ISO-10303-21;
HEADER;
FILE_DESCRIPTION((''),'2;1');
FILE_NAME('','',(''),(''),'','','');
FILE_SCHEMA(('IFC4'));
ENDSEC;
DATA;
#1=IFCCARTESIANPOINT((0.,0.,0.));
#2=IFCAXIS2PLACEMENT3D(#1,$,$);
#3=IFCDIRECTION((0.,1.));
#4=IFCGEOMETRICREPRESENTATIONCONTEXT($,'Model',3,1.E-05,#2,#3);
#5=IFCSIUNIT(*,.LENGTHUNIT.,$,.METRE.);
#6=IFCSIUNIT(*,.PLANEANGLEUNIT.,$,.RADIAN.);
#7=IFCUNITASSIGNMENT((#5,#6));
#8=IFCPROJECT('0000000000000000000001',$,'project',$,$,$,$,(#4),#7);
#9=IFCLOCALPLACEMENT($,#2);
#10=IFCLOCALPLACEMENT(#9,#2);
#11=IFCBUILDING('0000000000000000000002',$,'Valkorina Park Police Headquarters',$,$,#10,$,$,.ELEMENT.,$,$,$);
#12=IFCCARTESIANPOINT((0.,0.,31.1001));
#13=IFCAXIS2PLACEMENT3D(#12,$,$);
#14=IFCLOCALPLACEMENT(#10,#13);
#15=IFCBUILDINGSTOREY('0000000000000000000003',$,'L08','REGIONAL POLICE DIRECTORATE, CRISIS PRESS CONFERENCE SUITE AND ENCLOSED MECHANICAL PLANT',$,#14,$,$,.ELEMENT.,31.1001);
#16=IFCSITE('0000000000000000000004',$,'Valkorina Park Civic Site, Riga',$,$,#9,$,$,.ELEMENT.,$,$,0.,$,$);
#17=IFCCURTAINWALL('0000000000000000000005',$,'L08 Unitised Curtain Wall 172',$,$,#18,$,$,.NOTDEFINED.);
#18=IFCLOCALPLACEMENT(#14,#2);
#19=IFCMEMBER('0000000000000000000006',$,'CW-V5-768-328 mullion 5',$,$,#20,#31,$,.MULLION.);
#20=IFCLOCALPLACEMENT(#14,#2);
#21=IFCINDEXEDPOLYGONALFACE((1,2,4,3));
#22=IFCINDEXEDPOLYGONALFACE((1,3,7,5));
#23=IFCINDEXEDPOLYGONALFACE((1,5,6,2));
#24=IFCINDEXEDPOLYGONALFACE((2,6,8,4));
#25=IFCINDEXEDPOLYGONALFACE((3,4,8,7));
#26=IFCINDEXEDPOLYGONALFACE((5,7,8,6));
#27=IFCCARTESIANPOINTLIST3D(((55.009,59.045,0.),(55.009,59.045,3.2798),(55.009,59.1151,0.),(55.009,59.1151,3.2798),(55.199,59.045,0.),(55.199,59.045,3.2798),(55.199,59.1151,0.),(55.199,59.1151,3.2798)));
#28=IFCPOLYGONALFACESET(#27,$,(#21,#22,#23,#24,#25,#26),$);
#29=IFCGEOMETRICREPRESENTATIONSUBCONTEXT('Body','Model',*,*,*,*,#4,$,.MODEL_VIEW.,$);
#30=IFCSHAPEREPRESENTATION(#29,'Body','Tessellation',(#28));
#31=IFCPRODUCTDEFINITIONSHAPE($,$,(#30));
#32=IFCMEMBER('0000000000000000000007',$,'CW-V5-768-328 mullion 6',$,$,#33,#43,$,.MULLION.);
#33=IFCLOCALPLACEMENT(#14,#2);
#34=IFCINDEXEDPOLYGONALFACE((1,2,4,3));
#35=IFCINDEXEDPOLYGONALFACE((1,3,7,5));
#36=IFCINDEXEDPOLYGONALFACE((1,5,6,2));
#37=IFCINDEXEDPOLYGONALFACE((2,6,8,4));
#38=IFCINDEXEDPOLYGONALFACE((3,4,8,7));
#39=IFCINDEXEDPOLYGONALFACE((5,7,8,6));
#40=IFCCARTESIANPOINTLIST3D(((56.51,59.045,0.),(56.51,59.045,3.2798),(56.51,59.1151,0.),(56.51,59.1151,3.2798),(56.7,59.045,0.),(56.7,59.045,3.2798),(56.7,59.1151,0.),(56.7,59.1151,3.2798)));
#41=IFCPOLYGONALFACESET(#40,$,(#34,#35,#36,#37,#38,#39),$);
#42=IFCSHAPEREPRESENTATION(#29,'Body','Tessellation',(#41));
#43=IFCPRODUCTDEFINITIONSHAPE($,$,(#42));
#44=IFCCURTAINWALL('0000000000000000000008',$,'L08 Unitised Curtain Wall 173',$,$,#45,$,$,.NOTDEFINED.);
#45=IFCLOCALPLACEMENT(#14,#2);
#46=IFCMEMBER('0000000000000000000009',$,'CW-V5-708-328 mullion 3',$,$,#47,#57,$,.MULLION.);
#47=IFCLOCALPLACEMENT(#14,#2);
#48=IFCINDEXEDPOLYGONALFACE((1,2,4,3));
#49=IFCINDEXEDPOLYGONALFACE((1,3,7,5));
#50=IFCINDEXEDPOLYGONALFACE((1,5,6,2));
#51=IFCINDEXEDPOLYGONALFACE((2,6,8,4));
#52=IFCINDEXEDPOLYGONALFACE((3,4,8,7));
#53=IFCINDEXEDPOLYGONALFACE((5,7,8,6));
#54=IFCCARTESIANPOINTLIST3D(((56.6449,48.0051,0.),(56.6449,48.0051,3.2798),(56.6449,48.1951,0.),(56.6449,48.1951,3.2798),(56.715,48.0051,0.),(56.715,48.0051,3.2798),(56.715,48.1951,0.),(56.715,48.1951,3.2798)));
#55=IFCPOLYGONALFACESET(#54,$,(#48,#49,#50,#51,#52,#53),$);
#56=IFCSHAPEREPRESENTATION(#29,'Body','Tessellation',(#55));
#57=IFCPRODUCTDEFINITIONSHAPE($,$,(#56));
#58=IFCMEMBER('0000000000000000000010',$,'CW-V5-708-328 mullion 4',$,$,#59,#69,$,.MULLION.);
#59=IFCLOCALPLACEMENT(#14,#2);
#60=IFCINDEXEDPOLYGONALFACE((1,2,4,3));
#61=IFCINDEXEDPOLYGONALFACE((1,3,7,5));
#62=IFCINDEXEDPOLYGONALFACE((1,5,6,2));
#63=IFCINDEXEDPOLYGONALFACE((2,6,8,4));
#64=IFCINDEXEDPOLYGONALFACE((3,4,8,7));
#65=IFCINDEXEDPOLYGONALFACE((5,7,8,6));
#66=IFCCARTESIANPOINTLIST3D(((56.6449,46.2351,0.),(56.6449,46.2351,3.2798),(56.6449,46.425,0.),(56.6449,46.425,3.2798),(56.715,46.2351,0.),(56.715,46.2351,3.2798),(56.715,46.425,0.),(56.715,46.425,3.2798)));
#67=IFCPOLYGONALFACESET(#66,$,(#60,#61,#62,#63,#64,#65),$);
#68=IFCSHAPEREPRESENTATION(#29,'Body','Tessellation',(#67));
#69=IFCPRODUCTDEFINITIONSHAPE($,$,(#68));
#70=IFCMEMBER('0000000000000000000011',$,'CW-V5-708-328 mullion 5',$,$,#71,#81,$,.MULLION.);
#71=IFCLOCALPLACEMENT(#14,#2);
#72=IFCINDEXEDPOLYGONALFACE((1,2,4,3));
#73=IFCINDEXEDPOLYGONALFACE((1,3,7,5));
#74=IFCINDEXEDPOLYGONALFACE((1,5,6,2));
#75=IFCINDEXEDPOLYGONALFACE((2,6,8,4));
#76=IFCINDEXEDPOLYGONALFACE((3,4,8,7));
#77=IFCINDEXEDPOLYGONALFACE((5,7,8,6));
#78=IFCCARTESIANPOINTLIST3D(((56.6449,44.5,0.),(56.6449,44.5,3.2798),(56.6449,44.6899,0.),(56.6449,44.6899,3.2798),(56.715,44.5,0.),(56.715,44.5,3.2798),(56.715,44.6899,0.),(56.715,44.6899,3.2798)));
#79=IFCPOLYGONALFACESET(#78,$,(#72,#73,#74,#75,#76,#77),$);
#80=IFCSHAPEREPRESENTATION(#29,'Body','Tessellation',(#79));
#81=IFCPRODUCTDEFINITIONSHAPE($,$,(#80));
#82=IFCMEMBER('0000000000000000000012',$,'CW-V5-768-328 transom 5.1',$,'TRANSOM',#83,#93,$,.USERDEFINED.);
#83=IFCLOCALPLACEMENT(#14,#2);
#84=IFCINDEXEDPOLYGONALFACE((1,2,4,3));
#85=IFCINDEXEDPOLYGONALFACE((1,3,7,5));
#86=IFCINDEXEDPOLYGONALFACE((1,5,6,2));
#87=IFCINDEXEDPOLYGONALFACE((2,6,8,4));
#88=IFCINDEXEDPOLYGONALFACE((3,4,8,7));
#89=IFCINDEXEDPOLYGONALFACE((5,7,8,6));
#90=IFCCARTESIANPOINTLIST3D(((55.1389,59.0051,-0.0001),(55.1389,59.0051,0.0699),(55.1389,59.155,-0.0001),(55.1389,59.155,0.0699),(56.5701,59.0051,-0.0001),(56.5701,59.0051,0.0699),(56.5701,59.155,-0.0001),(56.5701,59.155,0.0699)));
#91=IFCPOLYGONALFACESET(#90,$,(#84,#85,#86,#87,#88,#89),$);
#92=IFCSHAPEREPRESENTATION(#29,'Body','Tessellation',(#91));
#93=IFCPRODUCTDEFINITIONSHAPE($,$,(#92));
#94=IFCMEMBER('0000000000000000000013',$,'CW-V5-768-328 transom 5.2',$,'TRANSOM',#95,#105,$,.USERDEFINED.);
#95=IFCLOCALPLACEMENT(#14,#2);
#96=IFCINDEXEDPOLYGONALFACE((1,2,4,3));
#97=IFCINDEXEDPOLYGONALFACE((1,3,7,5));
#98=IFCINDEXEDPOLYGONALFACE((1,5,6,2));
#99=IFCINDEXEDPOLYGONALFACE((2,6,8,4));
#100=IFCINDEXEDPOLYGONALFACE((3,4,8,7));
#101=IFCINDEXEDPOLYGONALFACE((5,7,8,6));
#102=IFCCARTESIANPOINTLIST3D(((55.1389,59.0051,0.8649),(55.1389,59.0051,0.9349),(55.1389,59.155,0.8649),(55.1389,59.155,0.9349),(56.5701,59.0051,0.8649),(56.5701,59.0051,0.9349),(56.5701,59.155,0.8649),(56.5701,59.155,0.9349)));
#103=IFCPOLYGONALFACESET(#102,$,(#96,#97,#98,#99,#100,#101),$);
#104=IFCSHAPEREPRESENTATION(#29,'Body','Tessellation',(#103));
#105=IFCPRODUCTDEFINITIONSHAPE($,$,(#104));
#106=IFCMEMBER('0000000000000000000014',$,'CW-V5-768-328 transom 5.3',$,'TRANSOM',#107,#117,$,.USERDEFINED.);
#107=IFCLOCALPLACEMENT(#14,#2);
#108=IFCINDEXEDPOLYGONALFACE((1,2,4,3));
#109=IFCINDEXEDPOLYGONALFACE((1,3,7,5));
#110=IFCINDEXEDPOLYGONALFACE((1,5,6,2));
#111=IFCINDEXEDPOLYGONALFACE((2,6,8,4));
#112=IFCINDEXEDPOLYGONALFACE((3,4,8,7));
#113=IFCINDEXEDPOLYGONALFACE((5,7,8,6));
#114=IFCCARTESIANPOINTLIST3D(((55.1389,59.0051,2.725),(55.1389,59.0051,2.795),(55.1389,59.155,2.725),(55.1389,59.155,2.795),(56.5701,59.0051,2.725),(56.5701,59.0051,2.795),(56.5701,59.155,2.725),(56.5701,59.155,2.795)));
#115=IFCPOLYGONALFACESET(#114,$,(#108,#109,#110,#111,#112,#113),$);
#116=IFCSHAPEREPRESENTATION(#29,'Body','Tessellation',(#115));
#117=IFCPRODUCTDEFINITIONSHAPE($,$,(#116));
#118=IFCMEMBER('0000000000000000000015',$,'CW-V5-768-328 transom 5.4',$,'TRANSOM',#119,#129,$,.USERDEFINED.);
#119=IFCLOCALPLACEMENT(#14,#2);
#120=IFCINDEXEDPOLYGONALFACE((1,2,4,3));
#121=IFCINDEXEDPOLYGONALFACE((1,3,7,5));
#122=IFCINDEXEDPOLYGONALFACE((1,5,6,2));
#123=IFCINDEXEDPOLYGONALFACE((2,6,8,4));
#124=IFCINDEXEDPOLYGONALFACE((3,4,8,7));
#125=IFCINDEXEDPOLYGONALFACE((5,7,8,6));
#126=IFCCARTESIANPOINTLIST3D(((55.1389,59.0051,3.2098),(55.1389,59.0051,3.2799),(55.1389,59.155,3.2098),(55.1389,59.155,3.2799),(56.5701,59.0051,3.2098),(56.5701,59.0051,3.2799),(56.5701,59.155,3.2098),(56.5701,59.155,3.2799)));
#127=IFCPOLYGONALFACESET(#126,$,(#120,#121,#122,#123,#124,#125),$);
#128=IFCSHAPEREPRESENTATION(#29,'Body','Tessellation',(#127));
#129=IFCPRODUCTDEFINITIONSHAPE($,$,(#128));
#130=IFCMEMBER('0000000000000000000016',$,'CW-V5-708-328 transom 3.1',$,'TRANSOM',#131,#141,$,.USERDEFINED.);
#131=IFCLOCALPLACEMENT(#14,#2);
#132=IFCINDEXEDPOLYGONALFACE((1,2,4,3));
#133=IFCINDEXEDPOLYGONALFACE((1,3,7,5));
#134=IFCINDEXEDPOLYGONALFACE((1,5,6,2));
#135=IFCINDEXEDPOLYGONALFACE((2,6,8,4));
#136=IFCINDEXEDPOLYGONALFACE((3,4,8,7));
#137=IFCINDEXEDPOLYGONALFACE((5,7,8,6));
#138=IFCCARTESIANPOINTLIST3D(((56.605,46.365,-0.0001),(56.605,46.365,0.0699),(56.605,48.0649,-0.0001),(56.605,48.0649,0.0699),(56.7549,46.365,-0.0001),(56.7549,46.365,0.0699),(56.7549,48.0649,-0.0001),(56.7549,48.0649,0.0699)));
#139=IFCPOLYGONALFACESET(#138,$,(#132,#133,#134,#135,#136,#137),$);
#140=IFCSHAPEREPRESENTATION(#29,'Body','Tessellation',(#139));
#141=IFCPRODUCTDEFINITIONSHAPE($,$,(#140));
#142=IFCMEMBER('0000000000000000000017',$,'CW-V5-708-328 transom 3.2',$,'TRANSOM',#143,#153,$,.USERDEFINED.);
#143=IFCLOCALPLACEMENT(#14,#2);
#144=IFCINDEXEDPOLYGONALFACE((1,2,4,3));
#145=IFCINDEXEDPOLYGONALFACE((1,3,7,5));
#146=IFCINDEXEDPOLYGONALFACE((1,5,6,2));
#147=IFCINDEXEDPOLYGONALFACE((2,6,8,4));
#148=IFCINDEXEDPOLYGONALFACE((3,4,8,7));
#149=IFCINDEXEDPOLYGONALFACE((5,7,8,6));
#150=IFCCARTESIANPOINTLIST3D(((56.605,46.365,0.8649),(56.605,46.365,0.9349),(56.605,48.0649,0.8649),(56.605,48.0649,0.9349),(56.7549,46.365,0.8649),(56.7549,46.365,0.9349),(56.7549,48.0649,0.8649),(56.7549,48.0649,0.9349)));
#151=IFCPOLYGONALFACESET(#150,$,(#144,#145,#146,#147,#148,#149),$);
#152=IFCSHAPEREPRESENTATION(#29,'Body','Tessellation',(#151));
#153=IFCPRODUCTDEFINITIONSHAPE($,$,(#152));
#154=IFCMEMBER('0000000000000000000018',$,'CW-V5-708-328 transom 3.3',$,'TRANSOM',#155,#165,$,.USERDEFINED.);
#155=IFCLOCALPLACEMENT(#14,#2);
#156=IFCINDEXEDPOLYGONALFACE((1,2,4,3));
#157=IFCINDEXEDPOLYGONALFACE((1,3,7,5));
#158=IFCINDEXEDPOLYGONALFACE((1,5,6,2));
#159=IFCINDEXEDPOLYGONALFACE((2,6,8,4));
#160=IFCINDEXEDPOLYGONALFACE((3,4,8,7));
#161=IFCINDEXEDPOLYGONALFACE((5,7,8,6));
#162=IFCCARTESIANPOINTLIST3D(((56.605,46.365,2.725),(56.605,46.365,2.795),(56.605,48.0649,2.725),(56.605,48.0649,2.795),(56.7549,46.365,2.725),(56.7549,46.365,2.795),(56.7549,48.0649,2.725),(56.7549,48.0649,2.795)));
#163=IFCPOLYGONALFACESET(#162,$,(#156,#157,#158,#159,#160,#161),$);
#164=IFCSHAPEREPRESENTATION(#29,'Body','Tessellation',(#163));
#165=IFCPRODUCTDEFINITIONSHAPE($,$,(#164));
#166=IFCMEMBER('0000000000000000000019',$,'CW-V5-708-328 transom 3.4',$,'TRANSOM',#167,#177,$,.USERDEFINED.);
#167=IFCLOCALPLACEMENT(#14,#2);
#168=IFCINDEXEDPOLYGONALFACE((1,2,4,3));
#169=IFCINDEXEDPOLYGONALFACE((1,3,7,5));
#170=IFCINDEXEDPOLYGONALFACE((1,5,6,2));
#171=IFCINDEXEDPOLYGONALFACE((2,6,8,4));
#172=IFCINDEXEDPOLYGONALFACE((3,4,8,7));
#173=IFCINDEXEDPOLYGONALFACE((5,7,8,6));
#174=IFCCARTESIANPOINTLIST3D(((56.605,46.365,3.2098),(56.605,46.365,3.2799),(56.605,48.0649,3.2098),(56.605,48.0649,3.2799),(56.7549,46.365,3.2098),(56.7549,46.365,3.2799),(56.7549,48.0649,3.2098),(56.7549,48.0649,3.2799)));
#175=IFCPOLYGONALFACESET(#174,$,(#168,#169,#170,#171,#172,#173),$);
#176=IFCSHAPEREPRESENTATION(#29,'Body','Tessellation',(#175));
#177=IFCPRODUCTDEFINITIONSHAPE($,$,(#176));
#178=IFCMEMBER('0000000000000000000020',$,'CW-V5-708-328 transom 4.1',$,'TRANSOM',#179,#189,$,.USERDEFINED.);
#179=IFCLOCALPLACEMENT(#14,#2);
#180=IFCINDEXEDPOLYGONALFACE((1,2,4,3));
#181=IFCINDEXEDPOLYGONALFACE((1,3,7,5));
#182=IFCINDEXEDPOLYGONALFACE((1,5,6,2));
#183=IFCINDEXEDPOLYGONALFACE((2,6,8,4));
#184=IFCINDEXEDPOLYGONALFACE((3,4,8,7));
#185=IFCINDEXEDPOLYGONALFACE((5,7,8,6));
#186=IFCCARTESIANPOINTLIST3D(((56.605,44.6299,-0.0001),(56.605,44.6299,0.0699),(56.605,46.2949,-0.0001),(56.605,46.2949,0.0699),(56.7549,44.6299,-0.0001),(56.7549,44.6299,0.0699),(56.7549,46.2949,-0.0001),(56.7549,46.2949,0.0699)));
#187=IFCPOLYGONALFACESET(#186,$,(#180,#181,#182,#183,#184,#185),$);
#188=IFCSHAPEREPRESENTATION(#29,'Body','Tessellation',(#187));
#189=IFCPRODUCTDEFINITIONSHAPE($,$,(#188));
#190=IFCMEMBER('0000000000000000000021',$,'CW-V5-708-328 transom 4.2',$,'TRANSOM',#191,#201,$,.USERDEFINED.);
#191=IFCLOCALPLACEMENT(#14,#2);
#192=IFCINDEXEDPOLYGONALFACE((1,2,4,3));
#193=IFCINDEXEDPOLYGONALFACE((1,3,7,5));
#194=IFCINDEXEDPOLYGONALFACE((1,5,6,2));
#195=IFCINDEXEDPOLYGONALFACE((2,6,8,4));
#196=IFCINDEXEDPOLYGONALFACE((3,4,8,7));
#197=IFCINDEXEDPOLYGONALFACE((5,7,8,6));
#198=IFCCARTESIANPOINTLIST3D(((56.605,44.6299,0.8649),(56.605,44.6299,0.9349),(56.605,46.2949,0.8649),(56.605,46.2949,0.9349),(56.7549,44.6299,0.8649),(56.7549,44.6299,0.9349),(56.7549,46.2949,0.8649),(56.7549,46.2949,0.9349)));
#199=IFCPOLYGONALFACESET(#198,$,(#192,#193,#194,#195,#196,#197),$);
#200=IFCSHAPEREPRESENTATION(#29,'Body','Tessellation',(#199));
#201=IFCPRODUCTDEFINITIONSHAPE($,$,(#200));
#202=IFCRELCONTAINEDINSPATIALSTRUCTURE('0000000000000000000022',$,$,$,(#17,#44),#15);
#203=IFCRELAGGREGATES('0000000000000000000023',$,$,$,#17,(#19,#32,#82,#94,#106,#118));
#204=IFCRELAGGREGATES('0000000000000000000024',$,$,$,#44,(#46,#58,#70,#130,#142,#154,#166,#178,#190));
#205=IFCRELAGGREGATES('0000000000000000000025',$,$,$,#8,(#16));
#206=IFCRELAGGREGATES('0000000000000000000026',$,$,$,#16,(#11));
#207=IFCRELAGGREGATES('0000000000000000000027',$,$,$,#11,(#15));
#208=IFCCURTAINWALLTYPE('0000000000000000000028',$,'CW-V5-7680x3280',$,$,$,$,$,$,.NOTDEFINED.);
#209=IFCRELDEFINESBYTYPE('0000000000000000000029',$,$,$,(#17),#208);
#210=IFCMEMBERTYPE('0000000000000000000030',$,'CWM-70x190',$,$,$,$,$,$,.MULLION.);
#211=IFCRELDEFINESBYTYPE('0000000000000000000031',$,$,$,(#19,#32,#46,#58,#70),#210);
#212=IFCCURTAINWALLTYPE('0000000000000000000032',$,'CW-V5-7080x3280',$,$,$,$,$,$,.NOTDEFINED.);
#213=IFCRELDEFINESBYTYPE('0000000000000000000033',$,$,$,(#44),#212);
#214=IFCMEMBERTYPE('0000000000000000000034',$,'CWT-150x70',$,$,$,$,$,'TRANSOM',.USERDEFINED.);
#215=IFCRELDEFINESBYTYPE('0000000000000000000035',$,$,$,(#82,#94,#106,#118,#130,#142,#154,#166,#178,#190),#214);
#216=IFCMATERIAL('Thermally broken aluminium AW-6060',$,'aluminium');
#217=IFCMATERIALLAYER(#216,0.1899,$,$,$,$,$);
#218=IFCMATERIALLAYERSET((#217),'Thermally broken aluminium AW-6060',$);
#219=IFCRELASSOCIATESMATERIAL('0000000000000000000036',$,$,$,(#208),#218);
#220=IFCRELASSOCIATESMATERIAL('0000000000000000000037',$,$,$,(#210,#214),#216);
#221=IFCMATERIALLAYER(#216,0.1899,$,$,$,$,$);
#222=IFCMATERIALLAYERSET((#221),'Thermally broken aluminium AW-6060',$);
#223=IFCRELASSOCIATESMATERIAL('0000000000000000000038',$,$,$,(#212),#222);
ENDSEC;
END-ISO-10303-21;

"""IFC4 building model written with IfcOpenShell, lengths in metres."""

from ifc_helpers import new_model, si_unit, direction, frame, origin, origin_2d, place, context, subcontext, project, spatial, rectangle, extrude, material, layer, layer_set, material_profile, profile_set, type_object, element, aggregate, save


model = new_model("IFC4")

# Units and contexts
model_context = context("Model", 3, precision=1e-05, world=origin(), true_north=direction((0.0, 1.0)))
body_context = subcontext(model_context, "Body", "Model", "MODEL_VIEW")
ifc_project = project(units=[si_unit("LENGTHUNIT", "METRE"), si_unit("PLANEANGLEUNIT", "RADIAN")], contexts=[model_context])

# Site, building, storey
site_placement = place(None, origin())
site = spatial("IfcSite", under=ifc_project, at=site_placement, Name="Valkorina Park Civic Site, Riga", CompositionType="ELEMENT", RefElevation=0.0)
building_placement = place(site_placement, origin())
building = spatial("IfcBuilding", under=site, at=building_placement, Name="Valkorina Park Police Headquarters", CompositionType="ELEMENT")
storey_placement = place(building_placement, frame((0.0, 0.0, 31.1001)))
storey = spatial("IfcBuildingStorey", under=building, at=storey_placement, Name="L08", Description="REGIONAL POLICE DIRECTORATE, CRISIS PRESS CONFERENCE SUITE AND ENCLOSED MECHANICAL PLANT", CompositionType="ELEMENT", Elevation=31.1001)

# Curtain walls, members
ifc_material_1 = material(Name="Thermally broken aluminium AW-6060", Category="aluminium")
ifc_layer_1 = layer(ifc_material_1, 0.1899)
ifc_layer_set_1 = layer_set([ifc_layer_1], Name="Thermally broken aluminium AW-6060")
curtain_wall_type_1 = type_object("IfcCurtainWallType", Name="CW-V5-7680x3280", PredefinedType="NOTDEFINED", material=ifc_layer_set_1)
curtain_wall_1_placement = place(storey_placement, origin())
curtain_wall_1 = element("IfcCurtainWall", 1, at=curtain_wall_1_placement, inside=storey, type_object=curtain_wall_type_1, Name="L08 Unitised Curtain Wall 172", PredefinedType="NOTDEFINED")
ifc_material_profile_1 = material_profile(ifc_material_1, rectangle(XDim=0.0701, YDim=0.1899, at=origin_2d()), Name="CWM-02 70x190")
ifc_profile_set_1 = profile_set([ifc_material_profile_1], Name="Thermally broken aluminium AW-6060")
member_type_1 = type_object("IfcMemberType", Name="CWM-70x190", PredefinedType="MULLION", material=ifc_profile_set_1)
member_1_placement = place(storey_placement, frame((55.104, 59.0801, 0.0), z_axis=(0.0, 0.0, 1.0), x_axis=(0.0, 1.0, 0.0)))
member_1 = element("IfcMember", 2, at=member_1_placement, type_object=member_type_1, Name="CW-V5-768-328 mullion 5", PredefinedType="MULLION", context=body_context, shape_type="SweptSolid", body=[
    extrude(rectangle(XDim=0.0701, YDim=0.1899, at=origin_2d()), origin(), (0.0, 0.0, 1.0), 3.2798),
])
member_2_placement = place(storey_placement, frame((56.605, 59.0801, 0.0), z_axis=(0.0, 0.0, 1.0), x_axis=(0.0, 1.0, 0.0)))
member_2 = element("IfcMember", 3, at=member_2_placement, type_object=member_type_1, Name="CW-V5-768-328 mullion 6", PredefinedType="MULLION", context=body_context, shape_type="SweptSolid", body=[
    extrude(rectangle(XDim=0.0701, YDim=0.1899, at=origin_2d()), origin(), (0.0, 0.0, 1.0), 3.2798),
])
ifc_layer_2 = layer(ifc_material_1, 0.1899)
ifc_layer_set_2 = layer_set([ifc_layer_2], Name="Thermally broken aluminium AW-6060")
curtain_wall_type_2 = type_object("IfcCurtainWallType", Name="CW-V5-7080x3280", PredefinedType="NOTDEFINED", material=ifc_layer_set_2)
curtain_wall_2_placement = place(storey_placement, origin())
curtain_wall_2 = element("IfcCurtainWall", 4, at=curtain_wall_2_placement, inside=storey, type_object=curtain_wall_type_2, Name="L08 Unitised Curtain Wall 173", PredefinedType="NOTDEFINED")
member_3_placement = place(storey_placement, frame((56.6799, 48.1001, 0.0), z_axis=(0.0, 0.0, 1.0), x_axis=(1.0, 0.0, 0.0)))
member_3 = element("IfcMember", 5, at=member_3_placement, type_object=member_type_1, Name="CW-V5-708-328 mullion 3", PredefinedType="MULLION", context=body_context, shape_type="SweptSolid", body=[
    extrude(rectangle(XDim=0.0701, YDim=0.1899, at=origin_2d()), origin(), (0.0, 0.0, 1.0), 3.2798),
])
member_4_placement = place(storey_placement, frame((56.6799, 46.3301, 0.0), z_axis=(0.0, 0.0, 1.0), x_axis=(1.0, 0.0, 0.0)))
member_4 = element("IfcMember", 6, at=member_4_placement, type_object=member_type_1, Name="CW-V5-708-328 mullion 4", PredefinedType="MULLION", context=body_context, shape_type="SweptSolid", body=[
    extrude(rectangle(XDim=0.0701, YDim=0.1899, at=origin_2d()), origin(), (0.0, 0.0, 1.0), 3.2798),
])
member_5_placement = place(storey_placement, frame((56.6799, 44.595, 0.0), z_axis=(0.0, 0.0, 1.0), x_axis=(1.0, 0.0, 0.0)))
member_5 = element("IfcMember", 7, at=member_5_placement, type_object=member_type_1, Name="CW-V5-708-328 mullion 5", PredefinedType="MULLION", context=body_context, shape_type="SweptSolid", body=[
    extrude(rectangle(XDim=0.0701, YDim=0.1899, at=origin_2d()), origin(), (0.0, 0.0, 1.0), 3.2798),
])

# Members
ifc_material_profile_2 = material_profile(ifc_material_1, rectangle(XDim=0.1499, YDim=0.0701, at=origin_2d()), Name="CWT-02 150x70")
ifc_profile_set_2 = profile_set([ifc_material_profile_2], Name="Thermally broken aluminium AW-6060")
member_type_2 = type_object("IfcMemberType", Name="CWT-150x70", ElementType="TRANSOM", PredefinedType="USERDEFINED", material=ifc_profile_set_2)
member_6_placement = place(storey_placement, frame((55.1389, 59.0801, 0.0349), z_axis=(1.0, 0.0, 0.0), x_axis=(0.0, 1.0, 0.0)))
member_6 = element("IfcMember", 8, at=member_6_placement, type_object=member_type_2, Name="CW-V5-768-328 transom 5.1", ObjectType="TRANSOM", PredefinedType="USERDEFINED", context=body_context, shape_type="SweptSolid", body=[
    extrude(rectangle(XDim=0.1499, YDim=0.0701, at=origin_2d()), origin(), (0.0, 0.0, 1.0), 1.4312),
])
member_7_placement = place(storey_placement, frame((55.1389, 59.0801, 0.8999), z_axis=(1.0, 0.0, 0.0), x_axis=(0.0, 1.0, 0.0)))
member_7 = element("IfcMember", 9, at=member_7_placement, type_object=member_type_2, Name="CW-V5-768-328 transom 5.2", ObjectType="TRANSOM", PredefinedType="USERDEFINED", context=body_context, shape_type="SweptSolid", body=[
    extrude(rectangle(XDim=0.1499, YDim=0.0701, at=origin_2d()), origin(), (0.0, 0.0, 1.0), 1.4312),
])
member_8_placement = place(storey_placement, frame((55.1389, 59.0801, 2.76), z_axis=(1.0, 0.0, 0.0), x_axis=(0.0, 1.0, 0.0)))
member_8 = element("IfcMember", 10, at=member_8_placement, type_object=member_type_2, Name="CW-V5-768-328 transom 5.3", ObjectType="TRANSOM", PredefinedType="USERDEFINED", context=body_context, shape_type="SweptSolid", body=[
    extrude(rectangle(XDim=0.1499, YDim=0.0701, at=origin_2d()), origin(), (0.0, 0.0, 1.0), 1.4312),
])
member_9_placement = place(storey_placement, frame((55.1389, 59.0801, 3.2449), z_axis=(1.0, 0.0, 0.0), x_axis=(0.0, 1.0, 0.0)))
member_9 = element("IfcMember", 11, at=member_9_placement, type_object=member_type_2, Name="CW-V5-768-328 transom 5.4", ObjectType="TRANSOM", PredefinedType="USERDEFINED", context=body_context, shape_type="SweptSolid", body=[
    extrude(rectangle(XDim=0.1499, YDim=0.0701, at=origin_2d()), origin(), (0.0, 0.0, 1.0), 1.4312),
])
member_10_placement = place(storey_placement, frame((56.6799, 48.0649, 0.0349), z_axis=(0.0, -1.0, 0.0), x_axis=(1.0, 0.0, 0.0)))
member_10 = element("IfcMember", 12, at=member_10_placement, type_object=member_type_2, Name="CW-V5-708-328 transom 3.1", ObjectType="TRANSOM", PredefinedType="USERDEFINED", context=body_context, shape_type="SweptSolid", body=[
    extrude(rectangle(XDim=0.1499, YDim=0.0701, at=origin_2d()), origin(), (0.0, 0.0, 1.0), 1.7),
])
member_11_placement = place(storey_placement, frame((56.6799, 48.0649, 0.8999), z_axis=(0.0, -1.0, 0.0), x_axis=(1.0, 0.0, 0.0)))
member_11 = element("IfcMember", 13, at=member_11_placement, type_object=member_type_2, Name="CW-V5-708-328 transom 3.2", ObjectType="TRANSOM", PredefinedType="USERDEFINED", context=body_context, shape_type="SweptSolid", body=[
    extrude(rectangle(XDim=0.1499, YDim=0.0701, at=origin_2d()), origin(), (0.0, 0.0, 1.0), 1.7),
])
member_12_placement = place(storey_placement, frame((56.6799, 48.0649, 2.76), z_axis=(0.0, -1.0, 0.0), x_axis=(1.0, 0.0, 0.0)))
member_12 = element("IfcMember", 14, at=member_12_placement, type_object=member_type_2, Name="CW-V5-708-328 transom 3.3", ObjectType="TRANSOM", PredefinedType="USERDEFINED", context=body_context, shape_type="SweptSolid", body=[
    extrude(rectangle(XDim=0.1499, YDim=0.0701, at=origin_2d()), origin(), (0.0, 0.0, 1.0), 1.7),
])
member_13_placement = place(storey_placement, frame((56.6799, 48.0649, 3.2449), z_axis=(0.0, -1.0, 0.0), x_axis=(1.0, 0.0, 0.0)))
member_13 = element("IfcMember", 15, at=member_13_placement, type_object=member_type_2, Name="CW-V5-708-328 transom 3.4", ObjectType="TRANSOM", PredefinedType="USERDEFINED", context=body_context, shape_type="SweptSolid", body=[
    extrude(rectangle(XDim=0.1499, YDim=0.0701, at=origin_2d()), origin(), (0.0, 0.0, 1.0), 1.7),
])
member_14_placement = place(storey_placement, frame((56.6799, 46.2949, 0.0349), z_axis=(0.0, -1.0, 0.0), x_axis=(1.0, 0.0, 0.0)))
member_14 = element("IfcMember", 16, at=member_14_placement, type_object=member_type_2, Name="CW-V5-708-328 transom 4.1", ObjectType="TRANSOM", PredefinedType="USERDEFINED", context=body_context, shape_type="SweptSolid", body=[
    extrude(rectangle(XDim=0.1499, YDim=0.0701, at=origin_2d()), origin(), (0.0, 0.0, 1.0), 1.665),
])
member_15_placement = place(storey_placement, frame((56.6799, 46.2949, 0.8999), z_axis=(0.0, -1.0, 0.0), x_axis=(1.0, 0.0, 0.0)))
member_15 = element("IfcMember", 17, at=member_15_placement, type_object=member_type_2, Name="CW-V5-708-328 transom 4.2", ObjectType="TRANSOM", PredefinedType="USERDEFINED", context=body_context, shape_type="SweptSolid", body=[
    extrude(rectangle(XDim=0.1499, YDim=0.0701, at=origin_2d()), origin(), (0.0, 0.0, 1.0), 1.665),
])

aggregate(curtain_wall_1, [member_1, member_2, member_6, member_7, member_8, member_9])
aggregate(curtain_wall_2, [member_3, member_4, member_5, member_10, member_11, member_12, member_13, member_14, member_15])

save(model, "model.ifc")
